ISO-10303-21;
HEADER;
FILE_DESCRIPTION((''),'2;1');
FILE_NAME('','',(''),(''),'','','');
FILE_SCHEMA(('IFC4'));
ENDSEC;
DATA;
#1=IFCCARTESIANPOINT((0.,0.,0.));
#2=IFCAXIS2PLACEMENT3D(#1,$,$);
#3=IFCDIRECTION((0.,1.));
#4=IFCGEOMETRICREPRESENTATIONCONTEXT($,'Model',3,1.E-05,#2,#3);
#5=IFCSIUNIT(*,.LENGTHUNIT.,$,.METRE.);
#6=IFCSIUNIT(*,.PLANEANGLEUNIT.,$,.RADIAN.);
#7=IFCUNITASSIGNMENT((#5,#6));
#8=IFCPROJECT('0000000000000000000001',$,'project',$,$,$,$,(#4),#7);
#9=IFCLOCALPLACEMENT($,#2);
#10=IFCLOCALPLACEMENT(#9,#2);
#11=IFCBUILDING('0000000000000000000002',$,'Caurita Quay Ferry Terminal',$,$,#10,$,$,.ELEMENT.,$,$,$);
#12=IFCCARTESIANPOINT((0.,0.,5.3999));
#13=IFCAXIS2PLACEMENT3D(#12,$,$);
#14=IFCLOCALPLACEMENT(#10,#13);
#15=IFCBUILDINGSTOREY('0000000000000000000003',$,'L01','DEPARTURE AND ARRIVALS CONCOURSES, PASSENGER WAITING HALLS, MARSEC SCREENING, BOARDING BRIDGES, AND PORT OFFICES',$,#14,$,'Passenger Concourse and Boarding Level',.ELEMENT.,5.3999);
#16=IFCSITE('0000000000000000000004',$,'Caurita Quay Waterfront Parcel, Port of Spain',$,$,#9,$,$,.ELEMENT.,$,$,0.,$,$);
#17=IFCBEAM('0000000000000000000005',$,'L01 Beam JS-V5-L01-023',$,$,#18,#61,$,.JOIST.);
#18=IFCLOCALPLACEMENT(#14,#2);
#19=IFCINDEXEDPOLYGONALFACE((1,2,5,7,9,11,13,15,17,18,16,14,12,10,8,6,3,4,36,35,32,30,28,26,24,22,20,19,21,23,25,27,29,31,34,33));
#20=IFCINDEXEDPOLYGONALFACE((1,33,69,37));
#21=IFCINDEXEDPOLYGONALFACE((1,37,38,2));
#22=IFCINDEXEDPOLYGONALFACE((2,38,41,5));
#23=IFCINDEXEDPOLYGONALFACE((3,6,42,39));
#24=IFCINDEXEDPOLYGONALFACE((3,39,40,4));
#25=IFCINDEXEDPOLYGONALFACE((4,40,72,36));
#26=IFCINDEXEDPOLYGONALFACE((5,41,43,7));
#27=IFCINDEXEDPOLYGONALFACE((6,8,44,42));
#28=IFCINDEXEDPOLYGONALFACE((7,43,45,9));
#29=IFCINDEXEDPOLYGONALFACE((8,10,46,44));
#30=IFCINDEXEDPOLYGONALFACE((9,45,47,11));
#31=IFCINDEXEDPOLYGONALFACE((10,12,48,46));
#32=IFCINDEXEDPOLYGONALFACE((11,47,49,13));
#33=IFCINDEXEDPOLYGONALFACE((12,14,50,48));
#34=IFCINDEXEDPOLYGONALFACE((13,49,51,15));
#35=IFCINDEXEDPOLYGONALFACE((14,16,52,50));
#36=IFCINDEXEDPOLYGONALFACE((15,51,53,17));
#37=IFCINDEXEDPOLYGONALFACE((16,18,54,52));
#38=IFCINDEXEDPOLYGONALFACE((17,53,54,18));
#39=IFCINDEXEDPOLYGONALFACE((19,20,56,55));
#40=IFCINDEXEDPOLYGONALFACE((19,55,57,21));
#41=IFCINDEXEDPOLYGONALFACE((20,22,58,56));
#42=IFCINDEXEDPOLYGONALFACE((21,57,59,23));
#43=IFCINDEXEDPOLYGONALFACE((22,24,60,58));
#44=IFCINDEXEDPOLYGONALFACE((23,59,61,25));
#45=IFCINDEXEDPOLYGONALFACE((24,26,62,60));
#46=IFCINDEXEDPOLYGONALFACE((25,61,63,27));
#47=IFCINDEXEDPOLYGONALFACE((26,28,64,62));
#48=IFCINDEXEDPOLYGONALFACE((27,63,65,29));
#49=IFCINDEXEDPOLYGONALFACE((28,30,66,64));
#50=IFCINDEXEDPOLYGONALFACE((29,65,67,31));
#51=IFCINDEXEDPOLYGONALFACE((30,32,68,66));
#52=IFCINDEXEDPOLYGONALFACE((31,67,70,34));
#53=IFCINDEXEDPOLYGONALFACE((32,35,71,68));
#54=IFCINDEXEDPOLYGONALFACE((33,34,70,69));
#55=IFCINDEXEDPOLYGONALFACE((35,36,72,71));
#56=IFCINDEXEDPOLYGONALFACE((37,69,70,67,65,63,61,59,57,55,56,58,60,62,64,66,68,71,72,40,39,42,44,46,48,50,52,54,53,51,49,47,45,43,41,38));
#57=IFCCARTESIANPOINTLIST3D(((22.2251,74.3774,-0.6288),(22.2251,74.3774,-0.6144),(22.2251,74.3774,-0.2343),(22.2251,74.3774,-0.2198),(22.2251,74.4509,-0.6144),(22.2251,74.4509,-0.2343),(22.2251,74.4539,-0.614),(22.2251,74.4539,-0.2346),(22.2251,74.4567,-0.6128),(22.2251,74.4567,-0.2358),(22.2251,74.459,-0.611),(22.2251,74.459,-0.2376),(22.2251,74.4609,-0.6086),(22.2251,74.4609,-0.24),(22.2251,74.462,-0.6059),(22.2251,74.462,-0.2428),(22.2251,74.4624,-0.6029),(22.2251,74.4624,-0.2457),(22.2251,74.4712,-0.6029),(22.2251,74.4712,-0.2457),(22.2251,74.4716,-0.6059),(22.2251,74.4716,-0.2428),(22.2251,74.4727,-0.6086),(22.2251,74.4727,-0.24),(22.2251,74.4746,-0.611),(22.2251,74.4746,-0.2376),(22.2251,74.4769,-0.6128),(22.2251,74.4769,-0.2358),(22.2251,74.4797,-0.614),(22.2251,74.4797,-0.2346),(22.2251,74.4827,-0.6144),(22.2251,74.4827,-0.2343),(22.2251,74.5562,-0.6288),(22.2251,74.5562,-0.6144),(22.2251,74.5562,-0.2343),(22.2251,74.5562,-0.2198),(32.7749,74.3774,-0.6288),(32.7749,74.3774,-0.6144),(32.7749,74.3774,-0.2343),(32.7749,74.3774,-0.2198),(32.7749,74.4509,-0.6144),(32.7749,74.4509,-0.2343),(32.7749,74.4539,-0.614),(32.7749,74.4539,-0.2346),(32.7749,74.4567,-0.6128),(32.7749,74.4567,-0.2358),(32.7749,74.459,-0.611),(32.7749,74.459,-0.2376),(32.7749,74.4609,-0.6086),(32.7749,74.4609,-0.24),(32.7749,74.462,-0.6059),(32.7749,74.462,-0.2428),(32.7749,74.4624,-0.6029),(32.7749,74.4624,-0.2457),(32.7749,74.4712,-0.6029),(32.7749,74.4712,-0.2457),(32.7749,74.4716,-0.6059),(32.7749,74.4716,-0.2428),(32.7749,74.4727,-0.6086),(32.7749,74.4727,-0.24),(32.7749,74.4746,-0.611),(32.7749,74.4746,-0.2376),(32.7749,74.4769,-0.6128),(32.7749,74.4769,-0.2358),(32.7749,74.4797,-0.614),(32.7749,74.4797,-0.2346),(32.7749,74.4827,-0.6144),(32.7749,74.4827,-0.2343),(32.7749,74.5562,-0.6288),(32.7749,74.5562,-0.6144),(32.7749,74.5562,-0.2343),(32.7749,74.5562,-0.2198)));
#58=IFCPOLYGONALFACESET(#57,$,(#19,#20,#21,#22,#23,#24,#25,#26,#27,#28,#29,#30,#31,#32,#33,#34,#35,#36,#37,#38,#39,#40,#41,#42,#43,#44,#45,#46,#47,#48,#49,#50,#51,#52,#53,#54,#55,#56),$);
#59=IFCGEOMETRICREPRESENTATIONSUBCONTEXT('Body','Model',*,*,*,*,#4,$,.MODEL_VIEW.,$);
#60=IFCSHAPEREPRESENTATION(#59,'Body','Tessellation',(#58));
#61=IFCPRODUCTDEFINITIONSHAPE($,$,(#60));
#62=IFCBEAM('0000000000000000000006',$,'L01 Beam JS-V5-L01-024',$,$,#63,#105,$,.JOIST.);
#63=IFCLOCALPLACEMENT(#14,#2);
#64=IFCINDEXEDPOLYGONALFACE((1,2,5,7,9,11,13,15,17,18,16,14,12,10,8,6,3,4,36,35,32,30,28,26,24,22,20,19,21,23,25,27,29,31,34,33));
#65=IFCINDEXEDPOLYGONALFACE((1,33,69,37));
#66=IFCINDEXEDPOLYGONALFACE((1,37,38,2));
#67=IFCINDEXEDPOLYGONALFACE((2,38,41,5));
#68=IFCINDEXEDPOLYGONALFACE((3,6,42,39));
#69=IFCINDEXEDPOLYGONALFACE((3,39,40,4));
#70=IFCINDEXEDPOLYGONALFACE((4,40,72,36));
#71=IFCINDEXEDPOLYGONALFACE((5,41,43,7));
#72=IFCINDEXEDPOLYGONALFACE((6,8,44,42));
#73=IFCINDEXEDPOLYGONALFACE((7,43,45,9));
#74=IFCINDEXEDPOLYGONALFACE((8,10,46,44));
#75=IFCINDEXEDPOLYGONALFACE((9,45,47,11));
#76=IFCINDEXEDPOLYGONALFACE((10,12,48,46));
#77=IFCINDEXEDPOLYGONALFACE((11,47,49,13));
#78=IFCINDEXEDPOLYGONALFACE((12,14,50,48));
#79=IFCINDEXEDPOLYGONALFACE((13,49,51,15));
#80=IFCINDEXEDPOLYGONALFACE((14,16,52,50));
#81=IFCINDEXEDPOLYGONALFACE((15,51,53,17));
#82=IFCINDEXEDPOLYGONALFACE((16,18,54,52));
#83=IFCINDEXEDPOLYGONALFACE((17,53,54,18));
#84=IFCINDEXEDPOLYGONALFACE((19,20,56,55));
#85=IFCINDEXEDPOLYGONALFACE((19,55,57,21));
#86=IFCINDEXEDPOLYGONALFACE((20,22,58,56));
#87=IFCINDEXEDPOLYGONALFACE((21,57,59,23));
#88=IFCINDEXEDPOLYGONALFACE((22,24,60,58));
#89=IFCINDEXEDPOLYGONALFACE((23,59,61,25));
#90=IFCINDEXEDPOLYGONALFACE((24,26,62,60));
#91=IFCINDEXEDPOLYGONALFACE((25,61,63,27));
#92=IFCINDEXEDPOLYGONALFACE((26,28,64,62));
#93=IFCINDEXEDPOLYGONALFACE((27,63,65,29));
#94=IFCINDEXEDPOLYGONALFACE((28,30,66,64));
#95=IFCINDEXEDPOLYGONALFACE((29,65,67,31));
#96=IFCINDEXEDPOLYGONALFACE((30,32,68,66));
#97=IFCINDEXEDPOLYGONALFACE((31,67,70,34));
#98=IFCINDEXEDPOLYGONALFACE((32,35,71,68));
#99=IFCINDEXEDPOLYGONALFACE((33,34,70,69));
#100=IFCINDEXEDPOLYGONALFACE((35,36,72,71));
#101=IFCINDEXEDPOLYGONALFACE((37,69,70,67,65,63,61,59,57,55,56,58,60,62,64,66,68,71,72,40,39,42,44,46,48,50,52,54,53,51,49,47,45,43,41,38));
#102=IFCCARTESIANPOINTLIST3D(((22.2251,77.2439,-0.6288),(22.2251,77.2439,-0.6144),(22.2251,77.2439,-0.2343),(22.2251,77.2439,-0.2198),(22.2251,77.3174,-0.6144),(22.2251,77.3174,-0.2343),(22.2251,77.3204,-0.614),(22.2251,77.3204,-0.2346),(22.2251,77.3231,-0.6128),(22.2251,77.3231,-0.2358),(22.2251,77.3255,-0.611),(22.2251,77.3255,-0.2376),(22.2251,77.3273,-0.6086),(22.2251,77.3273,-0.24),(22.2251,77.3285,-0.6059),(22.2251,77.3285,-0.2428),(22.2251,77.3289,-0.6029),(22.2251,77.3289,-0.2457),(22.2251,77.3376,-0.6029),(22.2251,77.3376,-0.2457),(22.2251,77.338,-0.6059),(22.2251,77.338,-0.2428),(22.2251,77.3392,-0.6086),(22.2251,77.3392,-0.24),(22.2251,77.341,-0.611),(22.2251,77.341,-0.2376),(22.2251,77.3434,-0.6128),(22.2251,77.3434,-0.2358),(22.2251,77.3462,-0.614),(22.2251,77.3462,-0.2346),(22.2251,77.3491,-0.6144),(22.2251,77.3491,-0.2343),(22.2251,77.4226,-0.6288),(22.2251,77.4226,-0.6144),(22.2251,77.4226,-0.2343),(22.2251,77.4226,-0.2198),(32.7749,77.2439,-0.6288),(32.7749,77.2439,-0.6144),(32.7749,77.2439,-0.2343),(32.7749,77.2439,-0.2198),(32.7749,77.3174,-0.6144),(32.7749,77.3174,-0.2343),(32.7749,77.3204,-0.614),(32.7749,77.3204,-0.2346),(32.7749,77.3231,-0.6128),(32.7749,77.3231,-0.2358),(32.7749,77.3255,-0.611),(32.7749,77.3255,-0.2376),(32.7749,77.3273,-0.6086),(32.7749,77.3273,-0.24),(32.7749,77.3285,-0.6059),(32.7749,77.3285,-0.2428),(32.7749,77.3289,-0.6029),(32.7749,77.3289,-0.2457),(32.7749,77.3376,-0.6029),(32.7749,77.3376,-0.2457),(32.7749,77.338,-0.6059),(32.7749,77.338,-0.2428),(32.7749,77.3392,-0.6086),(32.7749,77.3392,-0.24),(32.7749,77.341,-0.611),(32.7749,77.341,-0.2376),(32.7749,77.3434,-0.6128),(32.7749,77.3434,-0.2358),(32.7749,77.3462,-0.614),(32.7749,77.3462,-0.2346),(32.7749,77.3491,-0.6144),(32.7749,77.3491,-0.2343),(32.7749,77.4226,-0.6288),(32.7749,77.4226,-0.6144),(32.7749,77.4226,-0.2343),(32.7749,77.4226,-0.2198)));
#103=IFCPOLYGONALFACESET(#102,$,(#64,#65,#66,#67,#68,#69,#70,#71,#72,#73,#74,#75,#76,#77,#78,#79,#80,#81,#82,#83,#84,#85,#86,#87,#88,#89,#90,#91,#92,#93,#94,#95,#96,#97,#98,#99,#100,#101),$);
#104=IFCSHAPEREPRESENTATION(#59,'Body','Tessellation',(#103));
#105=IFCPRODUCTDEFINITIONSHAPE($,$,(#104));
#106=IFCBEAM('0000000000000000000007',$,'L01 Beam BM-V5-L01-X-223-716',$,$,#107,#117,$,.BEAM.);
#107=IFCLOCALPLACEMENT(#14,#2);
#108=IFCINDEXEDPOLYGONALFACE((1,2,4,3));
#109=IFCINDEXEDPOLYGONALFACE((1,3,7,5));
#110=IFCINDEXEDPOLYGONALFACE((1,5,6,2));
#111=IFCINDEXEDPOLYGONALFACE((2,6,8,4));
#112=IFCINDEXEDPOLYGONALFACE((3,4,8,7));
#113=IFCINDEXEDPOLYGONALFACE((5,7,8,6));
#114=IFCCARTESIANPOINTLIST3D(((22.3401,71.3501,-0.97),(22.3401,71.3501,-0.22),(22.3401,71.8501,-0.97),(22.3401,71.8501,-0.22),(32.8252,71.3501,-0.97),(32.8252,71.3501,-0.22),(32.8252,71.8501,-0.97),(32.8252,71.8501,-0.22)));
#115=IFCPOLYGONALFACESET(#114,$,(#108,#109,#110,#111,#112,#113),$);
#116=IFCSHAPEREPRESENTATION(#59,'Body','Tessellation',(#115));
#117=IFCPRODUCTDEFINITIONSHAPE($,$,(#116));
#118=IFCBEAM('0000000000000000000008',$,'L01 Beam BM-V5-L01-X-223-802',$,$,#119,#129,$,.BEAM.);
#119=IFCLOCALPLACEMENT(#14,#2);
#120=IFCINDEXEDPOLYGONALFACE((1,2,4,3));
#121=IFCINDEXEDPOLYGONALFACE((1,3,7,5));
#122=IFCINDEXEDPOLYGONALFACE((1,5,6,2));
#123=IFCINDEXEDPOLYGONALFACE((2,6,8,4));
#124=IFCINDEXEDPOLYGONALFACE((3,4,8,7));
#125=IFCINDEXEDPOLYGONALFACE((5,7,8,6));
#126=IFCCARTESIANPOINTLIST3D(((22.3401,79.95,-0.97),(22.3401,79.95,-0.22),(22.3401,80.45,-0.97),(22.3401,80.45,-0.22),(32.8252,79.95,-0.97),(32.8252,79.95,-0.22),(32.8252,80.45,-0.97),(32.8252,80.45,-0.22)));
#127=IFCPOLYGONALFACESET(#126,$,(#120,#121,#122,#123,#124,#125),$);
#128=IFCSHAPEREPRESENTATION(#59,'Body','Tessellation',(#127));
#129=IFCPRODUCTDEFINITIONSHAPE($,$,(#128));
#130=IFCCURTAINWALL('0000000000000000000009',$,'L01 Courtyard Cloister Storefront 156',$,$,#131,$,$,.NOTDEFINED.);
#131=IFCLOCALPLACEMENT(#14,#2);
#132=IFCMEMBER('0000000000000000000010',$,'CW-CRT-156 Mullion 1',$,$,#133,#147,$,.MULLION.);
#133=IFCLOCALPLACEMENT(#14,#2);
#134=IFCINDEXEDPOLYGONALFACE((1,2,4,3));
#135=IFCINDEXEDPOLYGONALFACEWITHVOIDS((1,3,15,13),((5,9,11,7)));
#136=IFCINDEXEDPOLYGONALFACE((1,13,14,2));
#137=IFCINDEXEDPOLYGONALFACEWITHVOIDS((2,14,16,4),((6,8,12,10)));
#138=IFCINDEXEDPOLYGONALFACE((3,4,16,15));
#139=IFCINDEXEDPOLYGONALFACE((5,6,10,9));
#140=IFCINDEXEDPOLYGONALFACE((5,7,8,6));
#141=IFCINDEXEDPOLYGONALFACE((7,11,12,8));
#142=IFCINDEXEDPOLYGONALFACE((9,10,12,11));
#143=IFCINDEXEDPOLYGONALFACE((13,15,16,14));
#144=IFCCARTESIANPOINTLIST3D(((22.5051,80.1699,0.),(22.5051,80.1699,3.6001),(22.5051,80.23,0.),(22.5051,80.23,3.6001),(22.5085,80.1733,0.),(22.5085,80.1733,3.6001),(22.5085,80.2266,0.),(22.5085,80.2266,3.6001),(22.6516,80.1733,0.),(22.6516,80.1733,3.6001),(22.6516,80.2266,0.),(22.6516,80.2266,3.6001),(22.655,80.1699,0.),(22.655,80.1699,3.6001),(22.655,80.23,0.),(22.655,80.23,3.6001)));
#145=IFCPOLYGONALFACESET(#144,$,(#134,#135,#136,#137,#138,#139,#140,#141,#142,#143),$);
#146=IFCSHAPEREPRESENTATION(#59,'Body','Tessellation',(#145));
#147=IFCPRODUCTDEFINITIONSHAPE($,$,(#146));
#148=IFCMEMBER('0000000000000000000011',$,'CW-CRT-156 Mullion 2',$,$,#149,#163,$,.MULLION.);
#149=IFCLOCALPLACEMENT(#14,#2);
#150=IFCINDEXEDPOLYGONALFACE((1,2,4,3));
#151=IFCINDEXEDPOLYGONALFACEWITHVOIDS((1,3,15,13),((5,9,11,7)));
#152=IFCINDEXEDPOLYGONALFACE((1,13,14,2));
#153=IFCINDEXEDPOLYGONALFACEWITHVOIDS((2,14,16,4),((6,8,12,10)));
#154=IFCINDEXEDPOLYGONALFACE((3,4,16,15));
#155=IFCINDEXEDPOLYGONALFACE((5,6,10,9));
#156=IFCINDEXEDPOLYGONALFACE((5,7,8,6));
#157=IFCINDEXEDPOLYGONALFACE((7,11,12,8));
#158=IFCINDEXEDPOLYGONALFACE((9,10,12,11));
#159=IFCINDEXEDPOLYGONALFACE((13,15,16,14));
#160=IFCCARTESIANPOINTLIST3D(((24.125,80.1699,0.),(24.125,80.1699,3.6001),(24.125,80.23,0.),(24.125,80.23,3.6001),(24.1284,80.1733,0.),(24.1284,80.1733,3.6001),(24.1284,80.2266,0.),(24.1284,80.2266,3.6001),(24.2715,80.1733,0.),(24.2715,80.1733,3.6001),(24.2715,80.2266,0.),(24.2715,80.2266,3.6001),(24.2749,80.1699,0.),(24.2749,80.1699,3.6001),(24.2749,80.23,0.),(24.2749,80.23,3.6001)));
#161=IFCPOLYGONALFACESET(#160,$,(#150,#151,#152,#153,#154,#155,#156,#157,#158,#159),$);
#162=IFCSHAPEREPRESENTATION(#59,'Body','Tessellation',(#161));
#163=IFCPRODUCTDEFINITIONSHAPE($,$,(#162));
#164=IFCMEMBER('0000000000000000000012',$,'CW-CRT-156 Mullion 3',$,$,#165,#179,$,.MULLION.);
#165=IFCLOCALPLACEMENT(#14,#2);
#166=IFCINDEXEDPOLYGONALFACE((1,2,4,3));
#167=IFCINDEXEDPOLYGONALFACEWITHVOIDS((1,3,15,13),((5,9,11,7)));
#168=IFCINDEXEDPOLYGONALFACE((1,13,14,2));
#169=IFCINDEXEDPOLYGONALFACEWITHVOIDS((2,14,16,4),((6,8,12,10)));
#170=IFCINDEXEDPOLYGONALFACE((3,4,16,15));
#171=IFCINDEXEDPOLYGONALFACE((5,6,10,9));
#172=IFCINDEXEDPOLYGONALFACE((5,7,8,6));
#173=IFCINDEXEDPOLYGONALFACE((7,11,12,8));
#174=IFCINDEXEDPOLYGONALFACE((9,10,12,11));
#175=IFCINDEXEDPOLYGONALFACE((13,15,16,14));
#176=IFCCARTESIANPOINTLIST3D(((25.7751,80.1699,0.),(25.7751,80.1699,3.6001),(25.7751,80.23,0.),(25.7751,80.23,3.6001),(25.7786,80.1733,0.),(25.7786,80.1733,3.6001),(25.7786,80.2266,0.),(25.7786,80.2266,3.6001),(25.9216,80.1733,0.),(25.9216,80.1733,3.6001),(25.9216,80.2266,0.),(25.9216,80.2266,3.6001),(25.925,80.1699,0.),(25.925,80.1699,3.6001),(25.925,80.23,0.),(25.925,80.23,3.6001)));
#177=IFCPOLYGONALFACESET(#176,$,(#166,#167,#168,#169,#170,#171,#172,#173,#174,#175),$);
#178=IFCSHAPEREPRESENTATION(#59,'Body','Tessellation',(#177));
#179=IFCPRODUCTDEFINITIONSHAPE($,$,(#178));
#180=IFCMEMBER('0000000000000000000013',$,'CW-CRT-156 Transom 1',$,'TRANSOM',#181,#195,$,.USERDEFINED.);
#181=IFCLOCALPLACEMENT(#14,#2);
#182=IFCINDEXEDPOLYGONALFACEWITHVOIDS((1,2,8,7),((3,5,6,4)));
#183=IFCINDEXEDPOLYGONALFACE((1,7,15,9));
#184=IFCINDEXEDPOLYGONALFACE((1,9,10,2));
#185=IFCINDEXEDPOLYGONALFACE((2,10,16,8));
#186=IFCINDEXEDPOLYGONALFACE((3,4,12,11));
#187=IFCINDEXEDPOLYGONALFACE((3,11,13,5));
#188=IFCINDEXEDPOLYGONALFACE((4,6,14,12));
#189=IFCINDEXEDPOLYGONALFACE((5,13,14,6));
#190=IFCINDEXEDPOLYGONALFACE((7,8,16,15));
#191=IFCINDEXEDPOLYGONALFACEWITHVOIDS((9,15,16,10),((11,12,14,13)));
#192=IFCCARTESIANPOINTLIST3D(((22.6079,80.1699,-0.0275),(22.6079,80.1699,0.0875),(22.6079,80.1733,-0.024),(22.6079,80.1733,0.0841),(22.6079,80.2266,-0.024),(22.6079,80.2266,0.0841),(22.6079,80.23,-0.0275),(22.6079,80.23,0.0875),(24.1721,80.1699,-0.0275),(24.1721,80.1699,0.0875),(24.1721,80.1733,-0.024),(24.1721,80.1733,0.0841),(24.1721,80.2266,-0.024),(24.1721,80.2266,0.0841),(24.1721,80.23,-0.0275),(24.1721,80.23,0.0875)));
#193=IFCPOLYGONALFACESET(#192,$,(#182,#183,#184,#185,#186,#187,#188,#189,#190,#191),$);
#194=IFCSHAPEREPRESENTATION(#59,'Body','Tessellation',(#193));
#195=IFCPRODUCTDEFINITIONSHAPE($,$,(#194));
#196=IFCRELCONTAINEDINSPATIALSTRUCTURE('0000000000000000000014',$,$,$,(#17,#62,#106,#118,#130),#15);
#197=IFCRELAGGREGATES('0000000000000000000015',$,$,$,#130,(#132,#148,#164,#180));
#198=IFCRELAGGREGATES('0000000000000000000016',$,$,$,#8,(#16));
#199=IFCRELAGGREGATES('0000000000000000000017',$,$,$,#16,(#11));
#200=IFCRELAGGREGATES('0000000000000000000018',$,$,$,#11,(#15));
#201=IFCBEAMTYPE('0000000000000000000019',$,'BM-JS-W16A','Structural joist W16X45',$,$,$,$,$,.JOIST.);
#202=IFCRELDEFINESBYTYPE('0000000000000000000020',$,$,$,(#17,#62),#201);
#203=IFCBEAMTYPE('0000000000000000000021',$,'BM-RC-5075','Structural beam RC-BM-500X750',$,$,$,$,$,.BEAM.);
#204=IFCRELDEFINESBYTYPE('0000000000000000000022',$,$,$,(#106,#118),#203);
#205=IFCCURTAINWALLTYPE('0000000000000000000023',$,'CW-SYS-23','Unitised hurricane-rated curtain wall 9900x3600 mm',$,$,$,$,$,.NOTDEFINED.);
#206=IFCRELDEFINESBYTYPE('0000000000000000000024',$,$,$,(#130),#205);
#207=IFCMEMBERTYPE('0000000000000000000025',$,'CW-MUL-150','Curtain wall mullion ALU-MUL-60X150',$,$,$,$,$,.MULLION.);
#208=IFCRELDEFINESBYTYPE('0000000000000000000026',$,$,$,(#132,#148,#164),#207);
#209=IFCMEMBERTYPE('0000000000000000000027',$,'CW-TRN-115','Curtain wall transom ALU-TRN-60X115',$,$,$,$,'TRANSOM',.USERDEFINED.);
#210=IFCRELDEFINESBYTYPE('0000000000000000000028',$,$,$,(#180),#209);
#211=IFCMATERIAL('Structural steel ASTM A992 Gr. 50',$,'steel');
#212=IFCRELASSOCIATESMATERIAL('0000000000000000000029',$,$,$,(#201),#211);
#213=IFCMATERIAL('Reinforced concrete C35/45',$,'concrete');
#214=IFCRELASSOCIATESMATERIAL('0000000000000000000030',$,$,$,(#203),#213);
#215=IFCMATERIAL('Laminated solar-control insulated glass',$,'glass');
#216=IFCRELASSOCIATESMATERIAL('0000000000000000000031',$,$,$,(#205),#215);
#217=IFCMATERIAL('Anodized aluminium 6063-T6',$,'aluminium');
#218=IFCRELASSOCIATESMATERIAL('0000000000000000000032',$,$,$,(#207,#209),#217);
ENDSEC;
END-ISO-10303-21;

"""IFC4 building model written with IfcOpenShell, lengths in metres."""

from ifc_helpers import new_model, si_unit, direction, frame, origin, origin_2d, place, context, subcontext, project, spatial, rectangle, hollow_rectangle, i_section, extrude, material, material_profile, profile_set, type_object, element, aggregate, save


model = new_model("IFC4")

# Units and contexts
model_context = context("Model", 3, precision=1e-05, world=origin(), true_north=direction((0.0, 1.0)))
body_context = subcontext(model_context, "Body", "Model", "MODEL_VIEW")
ifc_project = project(units=[si_unit("LENGTHUNIT", "METRE"), si_unit("PLANEANGLEUNIT", "RADIAN")], contexts=[model_context])

# Site, building, storey
site_placement = place(None, origin())
site = spatial("IfcSite", under=ifc_project, at=site_placement, Name="Caurita Quay Waterfront Parcel, Port of Spain", CompositionType="ELEMENT", RefElevation=0.0)
building_placement = place(site_placement, origin())
building = spatial("IfcBuilding", under=site, at=building_placement, Name="Caurita Quay Ferry Terminal", CompositionType="ELEMENT")
storey_placement = place(building_placement, frame((0.0, 0.0, 5.3999)))
storey = spatial("IfcBuildingStorey", under=building, at=storey_placement, Name="L01", Description="DEPARTURE AND ARRIVALS CONCOURSES, PASSENGER WAITING HALLS, MARSEC SCREENING, BOARDING BRIDGES, AND PORT OFFICES", LongName="Passenger Concourse and Boarding Level", CompositionType="ELEMENT", Elevation=5.3999)

# Beams
ifc_material_1 = material(Name="Structural steel ASTM A992 Gr. 50", Category="steel")
ifc_material_profile_1 = material_profile(ifc_material_1, i_section(OverallWidth=0.1787, OverallDepth=0.4089, WebThickness=0.0088, FlangeThickness=0.0144, FilletRadius=0.0115, at=origin_2d()), Name="W16X45")
ifc_profile_set_1 = profile_set([ifc_material_profile_1], Name="Structural steel ASTM A992 Gr. 50")
beam_type_1 = type_object("IfcBeamType", Name="BM-JS-W16A", Description="Structural joist W16X45", PredefinedType="JOIST", material=ifc_profile_set_1)
for number, where, z_axis, x_axis, name in (
    (1, (22.2251, 74.4668, -0.4243), (1.0, 0.0, 0.0), (0.0, 1.0, 0.0), "L01 Beam JS-V5-L01-023"),
    (2, (22.2251, 77.3333, -0.4243), (1.0, 0.0, 0.0), (0.0, 1.0, 0.0), "L01 Beam JS-V5-L01-024"),
):
    element("IfcBeam", number, at=place(storey_placement, frame(where, z_axis=z_axis, x_axis=x_axis)), inside=storey, type_object=beam_type_1, Name=name, PredefinedType="JOIST", context=body_context, shape_type="SweptSolid", body=[
        extrude(i_section(OverallWidth=0.1787, OverallDepth=0.4089, WebThickness=0.0088, FlangeThickness=0.0144, FilletRadius=0.0115, at=origin_2d()), origin(), (0.0, 0.0, 1.0), 10.5498),
    ])
ifc_material_2 = material(Name="Reinforced concrete C35/45", Category="concrete")
ifc_material_profile_2 = material_profile(ifc_material_2, rectangle(XDim=0.5, YDim=0.75, at=origin_2d()), Name="RC-BM-500X750")
ifc_profile_set_2 = profile_set([ifc_material_profile_2], Name="Reinforced concrete C35/45")
beam_type_2 = type_object("IfcBeamType", Name="BM-RC-5075", Description="Structural beam RC-BM-500X750", PredefinedType="BEAM", material=ifc_profile_set_2)
for number, where, z_axis, x_axis, name in (
    (3, (22.3401, 71.6001, -0.595), (1.0, 0.0, 0.0), (0.0, 1.0, 0.0), "L01 Beam BM-V5-L01-X-223-716"),
    (4, (22.3401, 80.2, -0.595), (1.0, 0.0, 0.0), (0.0, 1.0, 0.0), "L01 Beam BM-V5-L01-X-223-802"),
):
    element("IfcBeam", number, at=place(storey_placement, frame(where, z_axis=z_axis, x_axis=x_axis)), inside=storey, type_object=beam_type_2, Name=name, PredefinedType="BEAM", context=body_context, shape_type="SweptSolid", body=[
        extrude(rectangle(XDim=0.5, YDim=0.75, at=origin_2d()), origin(), (0.0, 0.0, 1.0), 10.4851),
    ])

# Curtain wall, members
ifc_material_3 = material(Name="Laminated solar-control insulated glass", Category="glass")
curtain_wall_type = type_object("IfcCurtainWallType", Name="CW-SYS-23", Description="Unitised hurricane-rated curtain wall 9900x3600 mm", PredefinedType="NOTDEFINED", material=ifc_material_3)
curtain_wall_placement = place(storey_placement, origin())
curtain_wall = element("IfcCurtainWall", 5, at=curtain_wall_placement, inside=storey, type_object=curtain_wall_type, Name="L01 Courtyard Cloister Storefront 156", PredefinedType="NOTDEFINED")
ifc_material_4 = material(Name="Anodized aluminium 6063-T6", Category="aluminium")
ifc_material_profile_3 = material_profile(ifc_material_4, hollow_rectangle(XDim=0.0601, YDim=0.1499, WallThickness=0.0034, at=origin_2d()), Name="ALU-MUL-60X150")
ifc_profile_set_3 = profile_set([ifc_material_profile_3], Name="Anodized aluminium 6063-T6")
member_type_1 = type_object("IfcMemberType", Name="CW-MUL-150", Description="Curtain wall mullion ALU-MUL-60X150", PredefinedType="MULLION", material=ifc_profile_set_3)
member_1_placement = place(storey_placement, frame((22.5801, 80.2, 0.0), z_axis=(0.0, 0.0, 1.0), x_axis=(0.0, 1.0, 0.0)))
member_1 = element("IfcMember", 6, at=member_1_placement, type_object=member_type_1, Name="CW-CRT-156 Mullion 1", PredefinedType="MULLION", context=body_context, shape_type="SweptSolid", body=[
    extrude(hollow_rectangle(XDim=0.0601, YDim=0.1499, WallThickness=0.0034, at=origin_2d()), origin(), (0.0, 0.0, 1.0), 3.6001),
])
member_2_placement = place(storey_placement, frame((24.2, 80.2, 0.0), z_axis=(0.0, 0.0, 1.0), x_axis=(0.0, 1.0, 0.0)))
member_2 = element("IfcMember", 7, at=member_2_placement, type_object=member_type_1, Name="CW-CRT-156 Mullion 2", PredefinedType="MULLION", context=body_context, shape_type="SweptSolid", body=[
    extrude(hollow_rectangle(XDim=0.0601, YDim=0.1499, WallThickness=0.0034, at=origin_2d()), origin(), (0.0, 0.0, 1.0), 3.6001),
])
member_3_placement = place(storey_placement, frame((25.8501, 80.2, 0.0), z_axis=(0.0, 0.0, 1.0), x_axis=(0.0, 1.0, 0.0)))
member_3 = element("IfcMember", 8, at=member_3_placement, type_object=member_type_1, Name="CW-CRT-156 Mullion 3", PredefinedType="MULLION", context=body_context, shape_type="SweptSolid", body=[
    extrude(hollow_rectangle(XDim=0.0601, YDim=0.1499, WallThickness=0.0034, at=origin_2d()), origin(), (0.0, 0.0, 1.0), 3.6001),
])
ifc_material_profile_4 = material_profile(ifc_material_4, hollow_rectangle(XDim=0.0601, YDim=0.115, WallThickness=0.0034, at=origin_2d()), Name="ALU-TRN-60X115")
ifc_profile_set_4 = profile_set([ifc_material_profile_4], Name="Anodized aluminium 6063-T6")
member_type_2 = type_object("IfcMemberType", Name="CW-TRN-115", Description="Curtain wall transom ALU-TRN-60X115", ElementType="TRANSOM", PredefinedType="USERDEFINED", material=ifc_profile_set_4)
member_4_placement = place(storey_placement, frame((22.6079, 80.2, 0.03), z_axis=(1.0, 0.0, 0.0), x_axis=(0.0, 1.0, 0.0)))
member_4 = element("IfcMember", 9, at=member_4_placement, type_object=member_type_2, Name="CW-CRT-156 Transom 1", ObjectType="TRANSOM", PredefinedType="USERDEFINED", context=body_context, shape_type="SweptSolid", body=[
    extrude(hollow_rectangle(XDim=0.0601, YDim=0.115, WallThickness=0.0034, at=origin_2d()), origin(), (0.0, 0.0, 1.0), 1.5642),
])
aggregate(curtain_wall, [member_1, member_2, member_3, member_4])

save(model, "model.ifc")
